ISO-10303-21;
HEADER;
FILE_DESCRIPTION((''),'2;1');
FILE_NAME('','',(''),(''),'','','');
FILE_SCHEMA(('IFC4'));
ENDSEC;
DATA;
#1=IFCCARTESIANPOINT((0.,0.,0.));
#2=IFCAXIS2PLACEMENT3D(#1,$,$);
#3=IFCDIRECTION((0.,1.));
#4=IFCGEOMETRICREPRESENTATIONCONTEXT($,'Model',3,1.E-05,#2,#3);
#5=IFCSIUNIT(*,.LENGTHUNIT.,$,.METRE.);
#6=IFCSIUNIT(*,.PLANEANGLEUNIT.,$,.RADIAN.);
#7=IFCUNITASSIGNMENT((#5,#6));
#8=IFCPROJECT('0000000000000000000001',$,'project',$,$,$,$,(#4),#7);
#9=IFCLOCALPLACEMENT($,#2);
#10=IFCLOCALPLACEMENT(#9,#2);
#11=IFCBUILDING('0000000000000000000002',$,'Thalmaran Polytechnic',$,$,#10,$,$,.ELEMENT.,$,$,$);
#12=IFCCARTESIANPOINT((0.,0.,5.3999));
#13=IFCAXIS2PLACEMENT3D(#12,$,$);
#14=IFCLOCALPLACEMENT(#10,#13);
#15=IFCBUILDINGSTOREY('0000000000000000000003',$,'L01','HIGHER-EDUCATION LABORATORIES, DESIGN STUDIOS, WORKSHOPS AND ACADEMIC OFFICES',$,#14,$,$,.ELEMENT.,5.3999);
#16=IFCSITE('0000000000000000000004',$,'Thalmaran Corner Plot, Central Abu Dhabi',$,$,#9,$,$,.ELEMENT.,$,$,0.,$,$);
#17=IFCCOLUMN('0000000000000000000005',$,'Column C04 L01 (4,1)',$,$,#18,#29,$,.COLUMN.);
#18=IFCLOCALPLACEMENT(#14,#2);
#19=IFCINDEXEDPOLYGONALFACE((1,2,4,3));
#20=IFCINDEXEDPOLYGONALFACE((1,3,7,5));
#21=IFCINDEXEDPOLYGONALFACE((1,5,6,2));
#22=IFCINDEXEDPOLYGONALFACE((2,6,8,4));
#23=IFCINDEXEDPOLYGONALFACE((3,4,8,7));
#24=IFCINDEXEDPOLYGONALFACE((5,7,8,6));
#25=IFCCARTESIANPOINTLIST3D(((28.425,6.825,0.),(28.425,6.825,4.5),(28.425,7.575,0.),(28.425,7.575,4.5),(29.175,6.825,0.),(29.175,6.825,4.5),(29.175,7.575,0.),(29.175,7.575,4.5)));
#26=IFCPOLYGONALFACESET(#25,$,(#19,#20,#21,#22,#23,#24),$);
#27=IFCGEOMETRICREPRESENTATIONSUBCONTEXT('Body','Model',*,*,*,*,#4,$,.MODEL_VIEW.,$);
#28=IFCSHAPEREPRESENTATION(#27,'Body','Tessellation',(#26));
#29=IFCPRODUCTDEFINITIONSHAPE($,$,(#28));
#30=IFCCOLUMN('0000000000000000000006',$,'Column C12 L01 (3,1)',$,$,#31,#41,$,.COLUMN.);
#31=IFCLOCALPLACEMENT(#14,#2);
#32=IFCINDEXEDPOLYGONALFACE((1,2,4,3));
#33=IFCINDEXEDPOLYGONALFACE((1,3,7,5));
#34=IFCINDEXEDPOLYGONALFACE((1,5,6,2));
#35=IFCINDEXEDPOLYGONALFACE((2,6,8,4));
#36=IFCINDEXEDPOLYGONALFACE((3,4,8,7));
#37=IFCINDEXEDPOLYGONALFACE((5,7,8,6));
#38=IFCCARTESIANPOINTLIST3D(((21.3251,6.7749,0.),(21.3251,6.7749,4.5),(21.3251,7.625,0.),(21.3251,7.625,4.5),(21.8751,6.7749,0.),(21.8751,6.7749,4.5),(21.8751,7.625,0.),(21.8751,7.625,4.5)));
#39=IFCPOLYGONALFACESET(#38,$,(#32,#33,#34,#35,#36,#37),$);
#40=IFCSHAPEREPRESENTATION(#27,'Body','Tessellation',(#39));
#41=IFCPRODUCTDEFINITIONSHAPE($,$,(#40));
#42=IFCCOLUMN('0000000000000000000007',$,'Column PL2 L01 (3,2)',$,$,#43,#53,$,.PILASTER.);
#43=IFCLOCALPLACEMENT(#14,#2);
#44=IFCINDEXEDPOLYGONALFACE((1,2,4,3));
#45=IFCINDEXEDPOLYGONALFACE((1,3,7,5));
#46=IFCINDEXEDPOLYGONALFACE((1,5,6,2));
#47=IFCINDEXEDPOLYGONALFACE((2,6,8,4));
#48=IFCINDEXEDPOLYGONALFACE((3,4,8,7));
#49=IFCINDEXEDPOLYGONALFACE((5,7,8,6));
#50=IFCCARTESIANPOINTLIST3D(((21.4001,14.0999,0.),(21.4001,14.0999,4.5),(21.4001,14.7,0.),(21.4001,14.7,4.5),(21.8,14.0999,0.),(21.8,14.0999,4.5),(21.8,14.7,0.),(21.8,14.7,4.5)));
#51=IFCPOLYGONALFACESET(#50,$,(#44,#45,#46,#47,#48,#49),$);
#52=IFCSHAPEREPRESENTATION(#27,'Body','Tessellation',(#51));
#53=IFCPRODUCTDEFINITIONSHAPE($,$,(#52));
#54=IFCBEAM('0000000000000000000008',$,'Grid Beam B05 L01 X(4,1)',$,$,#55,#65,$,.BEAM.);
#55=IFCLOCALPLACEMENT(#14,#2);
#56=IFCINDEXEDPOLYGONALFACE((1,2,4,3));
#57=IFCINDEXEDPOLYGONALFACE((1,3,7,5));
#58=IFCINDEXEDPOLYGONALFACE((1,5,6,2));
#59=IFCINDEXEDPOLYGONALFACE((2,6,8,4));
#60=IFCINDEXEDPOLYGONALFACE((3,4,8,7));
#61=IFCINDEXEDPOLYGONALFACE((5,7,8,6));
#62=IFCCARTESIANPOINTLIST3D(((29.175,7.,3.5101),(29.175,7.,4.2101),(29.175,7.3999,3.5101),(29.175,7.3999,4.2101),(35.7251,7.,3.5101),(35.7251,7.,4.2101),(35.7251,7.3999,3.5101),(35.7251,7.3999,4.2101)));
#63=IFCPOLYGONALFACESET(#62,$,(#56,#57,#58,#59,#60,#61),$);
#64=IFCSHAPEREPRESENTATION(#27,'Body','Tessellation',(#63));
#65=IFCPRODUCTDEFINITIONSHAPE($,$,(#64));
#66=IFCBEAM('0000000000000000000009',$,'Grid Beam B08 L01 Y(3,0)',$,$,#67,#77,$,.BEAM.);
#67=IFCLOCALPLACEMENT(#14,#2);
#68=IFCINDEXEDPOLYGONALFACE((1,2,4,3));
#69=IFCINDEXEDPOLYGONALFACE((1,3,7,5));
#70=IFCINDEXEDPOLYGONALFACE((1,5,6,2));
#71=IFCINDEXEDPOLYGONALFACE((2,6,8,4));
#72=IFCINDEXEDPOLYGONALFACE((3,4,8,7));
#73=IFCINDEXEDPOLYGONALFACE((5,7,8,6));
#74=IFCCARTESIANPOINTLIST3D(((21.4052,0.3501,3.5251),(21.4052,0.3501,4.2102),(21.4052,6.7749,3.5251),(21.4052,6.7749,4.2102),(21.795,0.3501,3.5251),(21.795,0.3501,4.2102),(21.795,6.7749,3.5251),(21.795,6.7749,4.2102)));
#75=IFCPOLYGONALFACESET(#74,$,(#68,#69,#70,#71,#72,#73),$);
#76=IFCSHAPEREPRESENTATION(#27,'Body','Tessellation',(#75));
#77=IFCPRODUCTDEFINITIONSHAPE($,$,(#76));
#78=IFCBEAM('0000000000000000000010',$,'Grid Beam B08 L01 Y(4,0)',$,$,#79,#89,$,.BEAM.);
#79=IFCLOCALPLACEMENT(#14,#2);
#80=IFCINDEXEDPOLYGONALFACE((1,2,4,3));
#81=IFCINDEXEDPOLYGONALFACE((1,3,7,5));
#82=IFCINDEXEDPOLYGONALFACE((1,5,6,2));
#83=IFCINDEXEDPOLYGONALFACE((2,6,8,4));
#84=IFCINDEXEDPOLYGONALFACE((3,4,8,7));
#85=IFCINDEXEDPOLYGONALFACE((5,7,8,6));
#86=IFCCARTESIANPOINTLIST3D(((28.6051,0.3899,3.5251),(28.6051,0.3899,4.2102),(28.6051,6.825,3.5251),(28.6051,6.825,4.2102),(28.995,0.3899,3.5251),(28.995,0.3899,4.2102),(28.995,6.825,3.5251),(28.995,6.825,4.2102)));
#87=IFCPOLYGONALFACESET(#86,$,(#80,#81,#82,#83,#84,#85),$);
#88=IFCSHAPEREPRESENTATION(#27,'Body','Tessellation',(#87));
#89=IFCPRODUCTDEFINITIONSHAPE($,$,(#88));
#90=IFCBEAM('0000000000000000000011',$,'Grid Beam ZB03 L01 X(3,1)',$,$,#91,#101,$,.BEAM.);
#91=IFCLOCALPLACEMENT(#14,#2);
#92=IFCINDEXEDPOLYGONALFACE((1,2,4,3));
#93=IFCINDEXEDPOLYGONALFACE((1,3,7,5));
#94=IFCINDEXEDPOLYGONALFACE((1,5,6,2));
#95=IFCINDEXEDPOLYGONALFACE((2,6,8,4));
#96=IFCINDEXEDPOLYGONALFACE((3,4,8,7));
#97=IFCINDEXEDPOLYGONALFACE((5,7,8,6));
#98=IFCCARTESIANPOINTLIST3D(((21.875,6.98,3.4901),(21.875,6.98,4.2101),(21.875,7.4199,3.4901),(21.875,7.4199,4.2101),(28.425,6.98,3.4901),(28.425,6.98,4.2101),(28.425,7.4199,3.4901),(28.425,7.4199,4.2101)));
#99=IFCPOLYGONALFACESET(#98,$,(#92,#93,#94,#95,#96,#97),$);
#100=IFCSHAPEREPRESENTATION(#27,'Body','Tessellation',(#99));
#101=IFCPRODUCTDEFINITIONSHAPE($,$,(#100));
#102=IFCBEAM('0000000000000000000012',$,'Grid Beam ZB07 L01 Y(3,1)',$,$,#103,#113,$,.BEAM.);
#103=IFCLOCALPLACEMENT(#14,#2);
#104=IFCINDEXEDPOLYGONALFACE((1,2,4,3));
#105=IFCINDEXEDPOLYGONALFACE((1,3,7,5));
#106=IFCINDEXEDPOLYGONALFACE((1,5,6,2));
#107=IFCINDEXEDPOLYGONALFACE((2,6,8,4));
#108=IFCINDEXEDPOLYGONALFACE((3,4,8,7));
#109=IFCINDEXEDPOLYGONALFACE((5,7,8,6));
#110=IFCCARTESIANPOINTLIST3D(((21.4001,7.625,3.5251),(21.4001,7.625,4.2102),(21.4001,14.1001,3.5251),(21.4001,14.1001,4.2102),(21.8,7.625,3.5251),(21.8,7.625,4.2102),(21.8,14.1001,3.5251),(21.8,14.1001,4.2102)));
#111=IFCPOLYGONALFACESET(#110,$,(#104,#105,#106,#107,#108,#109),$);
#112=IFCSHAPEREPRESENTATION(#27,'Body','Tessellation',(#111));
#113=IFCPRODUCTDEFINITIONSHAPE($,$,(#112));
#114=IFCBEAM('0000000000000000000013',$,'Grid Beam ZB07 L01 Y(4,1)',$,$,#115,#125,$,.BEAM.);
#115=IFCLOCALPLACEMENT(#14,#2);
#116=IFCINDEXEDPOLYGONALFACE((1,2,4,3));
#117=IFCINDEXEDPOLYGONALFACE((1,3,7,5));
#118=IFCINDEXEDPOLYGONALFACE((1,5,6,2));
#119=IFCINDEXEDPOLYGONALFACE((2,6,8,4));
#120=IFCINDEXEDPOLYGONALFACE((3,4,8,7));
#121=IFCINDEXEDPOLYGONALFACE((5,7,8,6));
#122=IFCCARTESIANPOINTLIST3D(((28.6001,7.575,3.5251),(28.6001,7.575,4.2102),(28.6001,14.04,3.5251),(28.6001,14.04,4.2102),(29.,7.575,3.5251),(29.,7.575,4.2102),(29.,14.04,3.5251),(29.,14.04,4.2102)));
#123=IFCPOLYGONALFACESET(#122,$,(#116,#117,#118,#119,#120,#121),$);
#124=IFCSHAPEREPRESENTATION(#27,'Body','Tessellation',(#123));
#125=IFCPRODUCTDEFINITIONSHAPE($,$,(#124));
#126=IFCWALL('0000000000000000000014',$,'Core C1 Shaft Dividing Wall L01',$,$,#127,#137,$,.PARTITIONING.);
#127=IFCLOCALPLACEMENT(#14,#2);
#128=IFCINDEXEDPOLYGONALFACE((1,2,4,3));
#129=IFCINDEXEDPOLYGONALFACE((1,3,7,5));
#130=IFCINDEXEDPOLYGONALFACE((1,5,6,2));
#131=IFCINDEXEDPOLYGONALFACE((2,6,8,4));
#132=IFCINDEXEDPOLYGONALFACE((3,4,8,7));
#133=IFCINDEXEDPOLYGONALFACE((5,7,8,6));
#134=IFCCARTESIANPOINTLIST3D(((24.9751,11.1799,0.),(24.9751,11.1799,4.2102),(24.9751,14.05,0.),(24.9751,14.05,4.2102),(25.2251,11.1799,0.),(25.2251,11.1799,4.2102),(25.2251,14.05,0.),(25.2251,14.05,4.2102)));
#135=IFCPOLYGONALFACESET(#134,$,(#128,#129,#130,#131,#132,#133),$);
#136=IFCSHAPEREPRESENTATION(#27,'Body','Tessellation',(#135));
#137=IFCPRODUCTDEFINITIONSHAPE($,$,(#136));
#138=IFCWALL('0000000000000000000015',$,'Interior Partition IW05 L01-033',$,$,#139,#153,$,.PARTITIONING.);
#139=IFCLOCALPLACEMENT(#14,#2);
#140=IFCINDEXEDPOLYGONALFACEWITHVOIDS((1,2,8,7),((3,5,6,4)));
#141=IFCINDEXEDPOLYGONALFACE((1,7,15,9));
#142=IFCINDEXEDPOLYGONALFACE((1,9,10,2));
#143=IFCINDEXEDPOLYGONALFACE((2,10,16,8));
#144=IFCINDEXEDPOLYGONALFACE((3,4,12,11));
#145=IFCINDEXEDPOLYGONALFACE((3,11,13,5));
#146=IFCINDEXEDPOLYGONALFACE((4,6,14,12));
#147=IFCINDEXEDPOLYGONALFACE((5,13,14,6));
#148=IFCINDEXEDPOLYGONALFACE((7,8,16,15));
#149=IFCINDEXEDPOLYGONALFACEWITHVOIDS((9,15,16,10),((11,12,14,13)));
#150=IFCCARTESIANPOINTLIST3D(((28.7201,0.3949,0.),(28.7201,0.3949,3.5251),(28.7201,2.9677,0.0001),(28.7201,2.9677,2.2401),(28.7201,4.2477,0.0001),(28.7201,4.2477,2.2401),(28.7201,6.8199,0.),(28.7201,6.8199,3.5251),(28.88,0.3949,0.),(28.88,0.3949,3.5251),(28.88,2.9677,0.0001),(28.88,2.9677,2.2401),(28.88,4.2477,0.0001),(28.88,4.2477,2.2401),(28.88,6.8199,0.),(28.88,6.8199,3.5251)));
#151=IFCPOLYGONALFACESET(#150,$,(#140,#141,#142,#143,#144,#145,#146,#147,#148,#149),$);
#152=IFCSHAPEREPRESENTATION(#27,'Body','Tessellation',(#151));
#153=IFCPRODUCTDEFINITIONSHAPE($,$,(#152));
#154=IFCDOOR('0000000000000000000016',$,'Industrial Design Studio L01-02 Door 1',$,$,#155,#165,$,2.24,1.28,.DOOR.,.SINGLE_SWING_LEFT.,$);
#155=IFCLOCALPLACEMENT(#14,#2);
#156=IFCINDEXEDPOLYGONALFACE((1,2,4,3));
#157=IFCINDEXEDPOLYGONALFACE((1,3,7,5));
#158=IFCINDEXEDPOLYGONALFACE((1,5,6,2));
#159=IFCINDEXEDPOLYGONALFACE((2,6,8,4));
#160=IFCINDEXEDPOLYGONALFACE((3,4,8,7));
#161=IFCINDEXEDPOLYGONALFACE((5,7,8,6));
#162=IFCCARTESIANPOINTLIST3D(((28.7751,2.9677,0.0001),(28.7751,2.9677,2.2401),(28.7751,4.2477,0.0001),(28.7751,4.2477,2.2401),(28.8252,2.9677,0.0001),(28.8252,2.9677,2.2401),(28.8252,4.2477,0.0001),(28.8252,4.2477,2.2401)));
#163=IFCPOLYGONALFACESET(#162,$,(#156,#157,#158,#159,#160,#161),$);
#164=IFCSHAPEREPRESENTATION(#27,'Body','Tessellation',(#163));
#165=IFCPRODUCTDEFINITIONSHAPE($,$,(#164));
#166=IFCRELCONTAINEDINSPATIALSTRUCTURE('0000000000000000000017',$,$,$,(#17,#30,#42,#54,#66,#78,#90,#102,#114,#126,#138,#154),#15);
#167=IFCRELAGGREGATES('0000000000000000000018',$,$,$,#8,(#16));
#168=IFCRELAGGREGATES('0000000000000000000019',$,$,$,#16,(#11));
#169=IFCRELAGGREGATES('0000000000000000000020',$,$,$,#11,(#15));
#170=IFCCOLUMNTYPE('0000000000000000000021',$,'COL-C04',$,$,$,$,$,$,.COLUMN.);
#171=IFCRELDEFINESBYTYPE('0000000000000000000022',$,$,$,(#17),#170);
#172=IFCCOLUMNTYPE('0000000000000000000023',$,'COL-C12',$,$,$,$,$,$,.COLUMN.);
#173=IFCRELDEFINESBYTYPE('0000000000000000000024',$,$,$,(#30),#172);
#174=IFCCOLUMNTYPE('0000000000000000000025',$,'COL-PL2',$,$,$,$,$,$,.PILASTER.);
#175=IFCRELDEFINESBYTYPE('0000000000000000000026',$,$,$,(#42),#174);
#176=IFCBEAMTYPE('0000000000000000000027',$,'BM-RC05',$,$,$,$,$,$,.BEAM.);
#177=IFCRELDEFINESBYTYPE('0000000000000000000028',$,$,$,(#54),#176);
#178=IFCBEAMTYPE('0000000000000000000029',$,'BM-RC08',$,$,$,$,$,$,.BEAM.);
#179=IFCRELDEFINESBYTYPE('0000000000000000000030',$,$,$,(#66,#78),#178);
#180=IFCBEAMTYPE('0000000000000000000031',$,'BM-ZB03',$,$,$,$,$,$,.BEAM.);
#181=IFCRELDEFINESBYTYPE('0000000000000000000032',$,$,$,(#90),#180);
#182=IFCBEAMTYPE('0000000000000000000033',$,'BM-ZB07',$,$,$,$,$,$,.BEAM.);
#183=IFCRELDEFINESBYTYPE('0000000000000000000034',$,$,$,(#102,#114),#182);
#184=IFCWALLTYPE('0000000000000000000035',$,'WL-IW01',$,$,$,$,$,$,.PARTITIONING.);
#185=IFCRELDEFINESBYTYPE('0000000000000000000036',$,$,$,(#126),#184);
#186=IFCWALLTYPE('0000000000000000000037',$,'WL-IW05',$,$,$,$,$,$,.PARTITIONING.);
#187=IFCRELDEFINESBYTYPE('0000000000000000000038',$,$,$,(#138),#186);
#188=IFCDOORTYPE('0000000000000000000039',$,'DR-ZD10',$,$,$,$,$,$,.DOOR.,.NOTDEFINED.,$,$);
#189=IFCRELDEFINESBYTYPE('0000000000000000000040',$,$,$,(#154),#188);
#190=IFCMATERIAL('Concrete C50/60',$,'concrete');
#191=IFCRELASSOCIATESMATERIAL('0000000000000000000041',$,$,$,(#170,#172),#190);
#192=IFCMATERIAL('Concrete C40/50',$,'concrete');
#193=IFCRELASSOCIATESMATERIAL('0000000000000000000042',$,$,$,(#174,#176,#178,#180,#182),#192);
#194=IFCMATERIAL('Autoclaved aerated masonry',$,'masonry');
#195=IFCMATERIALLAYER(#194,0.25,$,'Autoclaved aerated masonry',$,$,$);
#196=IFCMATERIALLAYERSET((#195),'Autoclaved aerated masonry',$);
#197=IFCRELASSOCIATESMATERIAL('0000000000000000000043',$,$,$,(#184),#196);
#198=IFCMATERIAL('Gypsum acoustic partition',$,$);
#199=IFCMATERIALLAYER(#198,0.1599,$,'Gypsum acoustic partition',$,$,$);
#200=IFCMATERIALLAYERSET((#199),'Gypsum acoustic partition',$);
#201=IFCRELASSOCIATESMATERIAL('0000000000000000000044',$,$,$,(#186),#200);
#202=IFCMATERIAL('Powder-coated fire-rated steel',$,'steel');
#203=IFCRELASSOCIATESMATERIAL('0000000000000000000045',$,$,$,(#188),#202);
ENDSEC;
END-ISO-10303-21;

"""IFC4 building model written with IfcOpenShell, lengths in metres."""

from ifc_helpers import new_model, si_unit, direction, frame, frame_2d, origin, origin_2d, place, context, subcontext, project, spatial, rectangle, extrude, material, layer, layer_set, material_profile, profile_set, type_object, element, fill, save


model = new_model("IFC4")

# Units and contexts
model_context = context("Model", 3, precision=1e-05, world=origin(), true_north=direction((0.0, 1.0)))
body_context = subcontext(model_context, "Body", "Model", "MODEL_VIEW")
ifc_project = project(units=[si_unit("LENGTHUNIT", "METRE"), si_unit("PLANEANGLEUNIT", "RADIAN")], contexts=[model_context])

# Site, building, storey
site_placement = place(None, origin())
site = spatial("IfcSite", under=ifc_project, at=site_placement, Name="Thalmaran Corner Plot, Central Abu Dhabi", CompositionType="ELEMENT", RefElevation=0.0)
building_placement = place(site_placement, origin())
building = spatial("IfcBuilding", under=site, at=building_placement, Name="Thalmaran Polytechnic", CompositionType="ELEMENT")
storey_placement = place(building_placement, frame((0.0, 0.0, 5.3999)))
storey = spatial("IfcBuildingStorey", under=building, at=storey_placement, Name="L01", Description="HIGHER-EDUCATION LABORATORIES, DESIGN STUDIOS, WORKSHOPS AND ACADEMIC OFFICES", CompositionType="ELEMENT", Elevation=5.3999)

# Columns
ifc_material_1 = material(Name="Concrete C50/60", Category="concrete")
ifc_material_profile_1 = material_profile(ifc_material_1, rectangle(XDim=0.75, YDim=0.75, at=origin_2d()), Name="RC 750x750")
ifc_profile_set_1 = profile_set([ifc_material_profile_1], Name="Concrete C50/60")
column_type_1 = type_object("IfcColumnType", Name="COL-C04", PredefinedType="COLUMN", material=ifc_profile_set_1)
column_1_placement = place(storey_placement, frame((28.8, 7.2, 0.0), z_axis=(0.0, 0.0, 1.0), x_axis=(1.0, 0.0, 0.0)))
element("IfcColumn", 1, at=column_1_placement, inside=storey, type_object=column_type_1, Name="Column C04 L01 (4,1)", PredefinedType="COLUMN", context=body_context, shape_type="SweptSolid", body=[
    extrude(rectangle(XDim=0.75, YDim=0.75, at=origin_2d()), origin(), (0.0, 0.0, 1.0), 4.5),
])
ifc_material_profile_2 = material_profile(ifc_material_1, rectangle(XDim=0.55, YDim=0.8501, at=origin_2d()), Name="RC 550x850")
ifc_profile_set_2 = profile_set([ifc_material_profile_2], Name="Concrete C50/60")
column_type_2 = type_object("IfcColumnType", Name="COL-C12", PredefinedType="COLUMN", material=ifc_profile_set_2)
column_2_placement = place(storey_placement, frame((21.6001, 7.2, 0.0), z_axis=(0.0, 0.0, 1.0), x_axis=(1.0, 0.0, 0.0)))
element("IfcColumn", 2, at=column_2_placement, inside=storey, type_object=column_type_2, Name="Column C12 L01 (3,1)", PredefinedType="COLUMN", context=body_context, shape_type="SweptSolid", body=[
    extrude(rectangle(XDim=0.55, YDim=0.8501, at=origin_2d()), origin(), (0.0, 0.0, 1.0), 4.5),
])
ifc_material_2 = material(Name="Concrete C40/50", Category="concrete")
ifc_material_profile_3 = material_profile(ifc_material_2, rectangle(XDim=0.3999, YDim=0.6001, at=origin_2d()), Name="RC 400x600")
ifc_profile_set_3 = profile_set([ifc_material_profile_3], Name="Concrete C40/50")
column_type_3 = type_object("IfcColumnType", Name="COL-PL2", PredefinedType="PILASTER", material=ifc_profile_set_3)
column_3_placement = place(storey_placement, frame((21.6001, 14.3999, 0.0), z_axis=(0.0, 0.0, 1.0), x_axis=(1.0, 0.0, 0.0)))
element("IfcColumn", 3, at=column_3_placement, inside=storey, type_object=column_type_3, Name="Column PL2 L01 (3,2)", PredefinedType="PILASTER", context=body_context, shape_type="SweptSolid", body=[
    extrude(rectangle(XDim=0.3999, YDim=0.6001, at=origin_2d()), origin(), (0.0, 0.0, 1.0), 4.5),
])

# Beams
ifc_material_profile_4 = material_profile(ifc_material_2, rectangle(XDim=0.3999, YDim=0.7, at=origin_2d()), Name="RC 400x700")
ifc_profile_set_4 = profile_set([ifc_material_profile_4], Name="Concrete C40/50")
beam_type_1 = type_object("IfcBeamType", Name="BM-RC05", PredefinedType="BEAM", material=ifc_profile_set_4)
beam_1_placement = place(storey_placement, frame((29.175, 7.2, 3.8601), z_axis=(1.0, 0.0, 0.0), x_axis=(0.0, 1.0, 0.0)))
element("IfcBeam", 4, at=beam_1_placement, inside=storey, type_object=beam_type_1, Name="Grid Beam B05 L01 X(4,1)", PredefinedType="BEAM", context=body_context, shape_type="SweptSolid", body=[
    extrude(rectangle(XDim=0.3999, YDim=0.7, at=origin_2d()), origin(), (0.0, 0.0, 1.0), 6.55),
])
ifc_material_profile_5 = material_profile(ifc_material_2, rectangle(XDim=0.3899, YDim=0.6851, at=origin_2d()), Name="RC 390x685")
ifc_profile_set_5 = profile_set([ifc_material_profile_5], Name="Concrete C40/50")
beam_type_2 = type_object("IfcBeamType", Name="BM-RC08", PredefinedType="BEAM", material=ifc_profile_set_5)
beam_2_placement = place(storey_placement, frame((21.6001, 0.3501, 3.8677), z_axis=(0.0, 1.0, 0.0), x_axis=(-1.0, 0.0, 0.0)))
element("IfcBeam", 5, at=beam_2_placement, inside=storey, type_object=beam_type_2, Name="Grid Beam B08 L01 Y(3,0)", PredefinedType="BEAM", context=body_context, shape_type="SweptSolid", body=[
    extrude(rectangle(XDim=0.3899, YDim=0.6851, at=origin_2d()), origin(), (0.0, 0.0, 1.0), 6.4248),
])
beam_3_placement = place(storey_placement, frame((28.8, 0.3899, 3.8677), z_axis=(0.0, 1.0, 0.0), x_axis=(-1.0, 0.0, 0.0)))
element("IfcBeam", 6, at=beam_3_placement, inside=storey, type_object=beam_type_2, Name="Grid Beam B08 L01 Y(4,0)", PredefinedType="BEAM", context=body_context, shape_type="SweptSolid", body=[
    extrude(rectangle(XDim=0.3899, YDim=0.6851, at=origin_2d()), origin(), (0.0, 0.0, 1.0), 6.4351),
])
ifc_material_profile_6 = material_profile(ifc_material_2, rectangle(XDim=0.4399, YDim=0.72, at=origin_2d()), Name="RC 440x720")
ifc_profile_set_6 = profile_set([ifc_material_profile_6], Name="Concrete C40/50")
beam_type_3 = type_object("IfcBeamType", Name="BM-ZB03", PredefinedType="BEAM", material=ifc_profile_set_6)
beam_4_placement = place(storey_placement, frame((21.875, 7.2, 3.8501), z_axis=(1.0, 0.0, 0.0), x_axis=(0.0, 1.0, 0.0)))
element("IfcBeam", 7, at=beam_4_placement, inside=storey, type_object=beam_type_3, Name="Grid Beam ZB03 L01 X(3,1)", PredefinedType="BEAM", context=body_context, shape_type="SweptSolid", body=[
    extrude(rectangle(XDim=0.4399, YDim=0.72, at=origin_2d()), origin(), (0.0, 0.0, 1.0), 6.55),
])
ifc_material_profile_7 = material_profile(ifc_material_2, rectangle(XDim=0.3999, YDim=0.6851, at=origin_2d()), Name="RC 400x685")
ifc_profile_set_7 = profile_set([ifc_material_profile_7], Name="Concrete C40/50")
beam_type_4 = type_object("IfcBeamType", Name="BM-ZB07", PredefinedType="BEAM", material=ifc_profile_set_7)
beam_5_placement = place(storey_placement, frame((21.6001, 7.625, 3.8677), z_axis=(0.0, 1.0, 0.0), x_axis=(-1.0, 0.0, 0.0)))
element("IfcBeam", 8, at=beam_5_placement, inside=storey, type_object=beam_type_4, Name="Grid Beam ZB07 L01 Y(3,1)", PredefinedType="BEAM", context=body_context, shape_type="SweptSolid", body=[
    extrude(rectangle(XDim=0.3999, YDim=0.6851, at=origin_2d()), origin(), (0.0, 0.0, 1.0), 6.4751),
])
beam_6_placement = place(storey_placement, frame((28.8, 7.575, 3.8677), z_axis=(0.0, 1.0, 0.0), x_axis=(-1.0, 0.0, 0.0)))
element("IfcBeam", 9, at=beam_6_placement, inside=storey, type_object=beam_type_4, Name="Grid Beam ZB07 L01 Y(4,1)", PredefinedType="BEAM", context=body_context, shape_type="SweptSolid", body=[
    extrude(rectangle(XDim=0.3999, YDim=0.6851, at=origin_2d()), origin(), (0.0, 0.0, 1.0), 6.4651),
])

# Wall
ifc_material_3 = material(Name="Autoclaved aerated masonry", Category="masonry")
ifc_layer_1 = layer(ifc_material_3, 0.25, Name="Autoclaved aerated masonry")
ifc_layer_set_1 = layer_set([ifc_layer_1], Name="Autoclaved aerated masonry")
wall_type_1 = type_object("IfcWallType", Name="WL-IW01", PredefinedType="PARTITIONING", material=ifc_layer_set_1)
wall_1_placement = place(storey_placement, frame((25.1001, 11.1799, 0.0), z_axis=(0.0, 0.0, 1.0), x_axis=(0.0, 1.0, 0.0)))
element("IfcWall", 10, at=wall_1_placement, inside=storey, type_object=wall_type_1, Name="Core C1 Shaft Dividing Wall L01", PredefinedType="PARTITIONING", context=body_context, shape_type="SweptSolid", body=[
    extrude(rectangle(XDim=2.8701, YDim=0.25, at=frame_2d((1.4351, 0.0))), origin(), (0.0, 0.0, 1.0), 4.2102),
])

# Wall, opening, door
ifc_material_4 = material(Name="Gypsum acoustic partition")
ifc_layer_2 = layer(ifc_material_4, 0.1599, Name="Gypsum acoustic partition")
ifc_layer_set_2 = layer_set([ifc_layer_2], Name="Gypsum acoustic partition")
wall_type_2 = type_object("IfcWallType", Name="WL-IW05", PredefinedType="PARTITIONING", material=ifc_layer_set_2)
wall_2_placement = place(storey_placement, frame((28.8, 0.395, 0.0), z_axis=(0.0, 0.0, 1.0), x_axis=(0.0, 1.0, 0.0)))
wall_2 = element("IfcWall", 11, at=wall_2_placement, inside=storey, type_object=wall_type_2, Name="Interior Partition IW05 L01-033", PredefinedType="PARTITIONING", context=body_context, shape_type="SweptSolid", body=[
    extrude(rectangle(XDim=6.425, YDim=0.1599, at=frame_2d((3.2124, 0.0))), origin(), (0.0, 0.0, 1.0), 3.5251),
])
opening_1_placement = place(wall_2_placement, frame((2.5725, 0.0, 0.0)))
opening_1 = element("IfcOpeningElement", 12, at=opening_1_placement, cuts=wall_2, PredefinedType="OPENING", context=body_context, shape_type="SweptSolid", body=[
    extrude(rectangle(XDim=1.28, YDim=2.24, at=frame_2d((0.6401, 1.1201))), frame((0.0, 0.0898, 0.0), z_axis=(0.0, -1.0, 0.0), x_axis=(1.0, 0.0, 0.0)), (0.0, 0.0, 1.0), 0.1799),
])
ifc_material_5 = material(Name="Powder-coated fire-rated steel", Category="steel")
door_type_1 = type_object("IfcDoorType", Name="DR-ZD10", OperationType="NOTDEFINED", PredefinedType="DOOR", material=ifc_material_5)
door_1_placement = place(opening_1_placement, origin())
door_1 = element("IfcDoor", 13, at=door_1_placement, inside=storey, type_object=door_type_1, Name="Industrial Design Studio L01-02 Door 1", OperationType="SINGLE_SWING_LEFT", OverallHeight=2.24, OverallWidth=1.28, PredefinedType="DOOR", context=body_context, shape_type="SweptSolid", body=[
    extrude(rectangle(XDim=1.28, YDim=2.24, at=frame_2d((0.6401, 1.1201))), frame((0.0, 0.0249, 0.0), z_axis=(0.0, -1.0, 0.0), x_axis=(1.0, 0.0, 0.0)), (0.0, 0.0, 1.0), 0.05),
])
fill(opening_1, door_1)

save(model, "model.ifc")
